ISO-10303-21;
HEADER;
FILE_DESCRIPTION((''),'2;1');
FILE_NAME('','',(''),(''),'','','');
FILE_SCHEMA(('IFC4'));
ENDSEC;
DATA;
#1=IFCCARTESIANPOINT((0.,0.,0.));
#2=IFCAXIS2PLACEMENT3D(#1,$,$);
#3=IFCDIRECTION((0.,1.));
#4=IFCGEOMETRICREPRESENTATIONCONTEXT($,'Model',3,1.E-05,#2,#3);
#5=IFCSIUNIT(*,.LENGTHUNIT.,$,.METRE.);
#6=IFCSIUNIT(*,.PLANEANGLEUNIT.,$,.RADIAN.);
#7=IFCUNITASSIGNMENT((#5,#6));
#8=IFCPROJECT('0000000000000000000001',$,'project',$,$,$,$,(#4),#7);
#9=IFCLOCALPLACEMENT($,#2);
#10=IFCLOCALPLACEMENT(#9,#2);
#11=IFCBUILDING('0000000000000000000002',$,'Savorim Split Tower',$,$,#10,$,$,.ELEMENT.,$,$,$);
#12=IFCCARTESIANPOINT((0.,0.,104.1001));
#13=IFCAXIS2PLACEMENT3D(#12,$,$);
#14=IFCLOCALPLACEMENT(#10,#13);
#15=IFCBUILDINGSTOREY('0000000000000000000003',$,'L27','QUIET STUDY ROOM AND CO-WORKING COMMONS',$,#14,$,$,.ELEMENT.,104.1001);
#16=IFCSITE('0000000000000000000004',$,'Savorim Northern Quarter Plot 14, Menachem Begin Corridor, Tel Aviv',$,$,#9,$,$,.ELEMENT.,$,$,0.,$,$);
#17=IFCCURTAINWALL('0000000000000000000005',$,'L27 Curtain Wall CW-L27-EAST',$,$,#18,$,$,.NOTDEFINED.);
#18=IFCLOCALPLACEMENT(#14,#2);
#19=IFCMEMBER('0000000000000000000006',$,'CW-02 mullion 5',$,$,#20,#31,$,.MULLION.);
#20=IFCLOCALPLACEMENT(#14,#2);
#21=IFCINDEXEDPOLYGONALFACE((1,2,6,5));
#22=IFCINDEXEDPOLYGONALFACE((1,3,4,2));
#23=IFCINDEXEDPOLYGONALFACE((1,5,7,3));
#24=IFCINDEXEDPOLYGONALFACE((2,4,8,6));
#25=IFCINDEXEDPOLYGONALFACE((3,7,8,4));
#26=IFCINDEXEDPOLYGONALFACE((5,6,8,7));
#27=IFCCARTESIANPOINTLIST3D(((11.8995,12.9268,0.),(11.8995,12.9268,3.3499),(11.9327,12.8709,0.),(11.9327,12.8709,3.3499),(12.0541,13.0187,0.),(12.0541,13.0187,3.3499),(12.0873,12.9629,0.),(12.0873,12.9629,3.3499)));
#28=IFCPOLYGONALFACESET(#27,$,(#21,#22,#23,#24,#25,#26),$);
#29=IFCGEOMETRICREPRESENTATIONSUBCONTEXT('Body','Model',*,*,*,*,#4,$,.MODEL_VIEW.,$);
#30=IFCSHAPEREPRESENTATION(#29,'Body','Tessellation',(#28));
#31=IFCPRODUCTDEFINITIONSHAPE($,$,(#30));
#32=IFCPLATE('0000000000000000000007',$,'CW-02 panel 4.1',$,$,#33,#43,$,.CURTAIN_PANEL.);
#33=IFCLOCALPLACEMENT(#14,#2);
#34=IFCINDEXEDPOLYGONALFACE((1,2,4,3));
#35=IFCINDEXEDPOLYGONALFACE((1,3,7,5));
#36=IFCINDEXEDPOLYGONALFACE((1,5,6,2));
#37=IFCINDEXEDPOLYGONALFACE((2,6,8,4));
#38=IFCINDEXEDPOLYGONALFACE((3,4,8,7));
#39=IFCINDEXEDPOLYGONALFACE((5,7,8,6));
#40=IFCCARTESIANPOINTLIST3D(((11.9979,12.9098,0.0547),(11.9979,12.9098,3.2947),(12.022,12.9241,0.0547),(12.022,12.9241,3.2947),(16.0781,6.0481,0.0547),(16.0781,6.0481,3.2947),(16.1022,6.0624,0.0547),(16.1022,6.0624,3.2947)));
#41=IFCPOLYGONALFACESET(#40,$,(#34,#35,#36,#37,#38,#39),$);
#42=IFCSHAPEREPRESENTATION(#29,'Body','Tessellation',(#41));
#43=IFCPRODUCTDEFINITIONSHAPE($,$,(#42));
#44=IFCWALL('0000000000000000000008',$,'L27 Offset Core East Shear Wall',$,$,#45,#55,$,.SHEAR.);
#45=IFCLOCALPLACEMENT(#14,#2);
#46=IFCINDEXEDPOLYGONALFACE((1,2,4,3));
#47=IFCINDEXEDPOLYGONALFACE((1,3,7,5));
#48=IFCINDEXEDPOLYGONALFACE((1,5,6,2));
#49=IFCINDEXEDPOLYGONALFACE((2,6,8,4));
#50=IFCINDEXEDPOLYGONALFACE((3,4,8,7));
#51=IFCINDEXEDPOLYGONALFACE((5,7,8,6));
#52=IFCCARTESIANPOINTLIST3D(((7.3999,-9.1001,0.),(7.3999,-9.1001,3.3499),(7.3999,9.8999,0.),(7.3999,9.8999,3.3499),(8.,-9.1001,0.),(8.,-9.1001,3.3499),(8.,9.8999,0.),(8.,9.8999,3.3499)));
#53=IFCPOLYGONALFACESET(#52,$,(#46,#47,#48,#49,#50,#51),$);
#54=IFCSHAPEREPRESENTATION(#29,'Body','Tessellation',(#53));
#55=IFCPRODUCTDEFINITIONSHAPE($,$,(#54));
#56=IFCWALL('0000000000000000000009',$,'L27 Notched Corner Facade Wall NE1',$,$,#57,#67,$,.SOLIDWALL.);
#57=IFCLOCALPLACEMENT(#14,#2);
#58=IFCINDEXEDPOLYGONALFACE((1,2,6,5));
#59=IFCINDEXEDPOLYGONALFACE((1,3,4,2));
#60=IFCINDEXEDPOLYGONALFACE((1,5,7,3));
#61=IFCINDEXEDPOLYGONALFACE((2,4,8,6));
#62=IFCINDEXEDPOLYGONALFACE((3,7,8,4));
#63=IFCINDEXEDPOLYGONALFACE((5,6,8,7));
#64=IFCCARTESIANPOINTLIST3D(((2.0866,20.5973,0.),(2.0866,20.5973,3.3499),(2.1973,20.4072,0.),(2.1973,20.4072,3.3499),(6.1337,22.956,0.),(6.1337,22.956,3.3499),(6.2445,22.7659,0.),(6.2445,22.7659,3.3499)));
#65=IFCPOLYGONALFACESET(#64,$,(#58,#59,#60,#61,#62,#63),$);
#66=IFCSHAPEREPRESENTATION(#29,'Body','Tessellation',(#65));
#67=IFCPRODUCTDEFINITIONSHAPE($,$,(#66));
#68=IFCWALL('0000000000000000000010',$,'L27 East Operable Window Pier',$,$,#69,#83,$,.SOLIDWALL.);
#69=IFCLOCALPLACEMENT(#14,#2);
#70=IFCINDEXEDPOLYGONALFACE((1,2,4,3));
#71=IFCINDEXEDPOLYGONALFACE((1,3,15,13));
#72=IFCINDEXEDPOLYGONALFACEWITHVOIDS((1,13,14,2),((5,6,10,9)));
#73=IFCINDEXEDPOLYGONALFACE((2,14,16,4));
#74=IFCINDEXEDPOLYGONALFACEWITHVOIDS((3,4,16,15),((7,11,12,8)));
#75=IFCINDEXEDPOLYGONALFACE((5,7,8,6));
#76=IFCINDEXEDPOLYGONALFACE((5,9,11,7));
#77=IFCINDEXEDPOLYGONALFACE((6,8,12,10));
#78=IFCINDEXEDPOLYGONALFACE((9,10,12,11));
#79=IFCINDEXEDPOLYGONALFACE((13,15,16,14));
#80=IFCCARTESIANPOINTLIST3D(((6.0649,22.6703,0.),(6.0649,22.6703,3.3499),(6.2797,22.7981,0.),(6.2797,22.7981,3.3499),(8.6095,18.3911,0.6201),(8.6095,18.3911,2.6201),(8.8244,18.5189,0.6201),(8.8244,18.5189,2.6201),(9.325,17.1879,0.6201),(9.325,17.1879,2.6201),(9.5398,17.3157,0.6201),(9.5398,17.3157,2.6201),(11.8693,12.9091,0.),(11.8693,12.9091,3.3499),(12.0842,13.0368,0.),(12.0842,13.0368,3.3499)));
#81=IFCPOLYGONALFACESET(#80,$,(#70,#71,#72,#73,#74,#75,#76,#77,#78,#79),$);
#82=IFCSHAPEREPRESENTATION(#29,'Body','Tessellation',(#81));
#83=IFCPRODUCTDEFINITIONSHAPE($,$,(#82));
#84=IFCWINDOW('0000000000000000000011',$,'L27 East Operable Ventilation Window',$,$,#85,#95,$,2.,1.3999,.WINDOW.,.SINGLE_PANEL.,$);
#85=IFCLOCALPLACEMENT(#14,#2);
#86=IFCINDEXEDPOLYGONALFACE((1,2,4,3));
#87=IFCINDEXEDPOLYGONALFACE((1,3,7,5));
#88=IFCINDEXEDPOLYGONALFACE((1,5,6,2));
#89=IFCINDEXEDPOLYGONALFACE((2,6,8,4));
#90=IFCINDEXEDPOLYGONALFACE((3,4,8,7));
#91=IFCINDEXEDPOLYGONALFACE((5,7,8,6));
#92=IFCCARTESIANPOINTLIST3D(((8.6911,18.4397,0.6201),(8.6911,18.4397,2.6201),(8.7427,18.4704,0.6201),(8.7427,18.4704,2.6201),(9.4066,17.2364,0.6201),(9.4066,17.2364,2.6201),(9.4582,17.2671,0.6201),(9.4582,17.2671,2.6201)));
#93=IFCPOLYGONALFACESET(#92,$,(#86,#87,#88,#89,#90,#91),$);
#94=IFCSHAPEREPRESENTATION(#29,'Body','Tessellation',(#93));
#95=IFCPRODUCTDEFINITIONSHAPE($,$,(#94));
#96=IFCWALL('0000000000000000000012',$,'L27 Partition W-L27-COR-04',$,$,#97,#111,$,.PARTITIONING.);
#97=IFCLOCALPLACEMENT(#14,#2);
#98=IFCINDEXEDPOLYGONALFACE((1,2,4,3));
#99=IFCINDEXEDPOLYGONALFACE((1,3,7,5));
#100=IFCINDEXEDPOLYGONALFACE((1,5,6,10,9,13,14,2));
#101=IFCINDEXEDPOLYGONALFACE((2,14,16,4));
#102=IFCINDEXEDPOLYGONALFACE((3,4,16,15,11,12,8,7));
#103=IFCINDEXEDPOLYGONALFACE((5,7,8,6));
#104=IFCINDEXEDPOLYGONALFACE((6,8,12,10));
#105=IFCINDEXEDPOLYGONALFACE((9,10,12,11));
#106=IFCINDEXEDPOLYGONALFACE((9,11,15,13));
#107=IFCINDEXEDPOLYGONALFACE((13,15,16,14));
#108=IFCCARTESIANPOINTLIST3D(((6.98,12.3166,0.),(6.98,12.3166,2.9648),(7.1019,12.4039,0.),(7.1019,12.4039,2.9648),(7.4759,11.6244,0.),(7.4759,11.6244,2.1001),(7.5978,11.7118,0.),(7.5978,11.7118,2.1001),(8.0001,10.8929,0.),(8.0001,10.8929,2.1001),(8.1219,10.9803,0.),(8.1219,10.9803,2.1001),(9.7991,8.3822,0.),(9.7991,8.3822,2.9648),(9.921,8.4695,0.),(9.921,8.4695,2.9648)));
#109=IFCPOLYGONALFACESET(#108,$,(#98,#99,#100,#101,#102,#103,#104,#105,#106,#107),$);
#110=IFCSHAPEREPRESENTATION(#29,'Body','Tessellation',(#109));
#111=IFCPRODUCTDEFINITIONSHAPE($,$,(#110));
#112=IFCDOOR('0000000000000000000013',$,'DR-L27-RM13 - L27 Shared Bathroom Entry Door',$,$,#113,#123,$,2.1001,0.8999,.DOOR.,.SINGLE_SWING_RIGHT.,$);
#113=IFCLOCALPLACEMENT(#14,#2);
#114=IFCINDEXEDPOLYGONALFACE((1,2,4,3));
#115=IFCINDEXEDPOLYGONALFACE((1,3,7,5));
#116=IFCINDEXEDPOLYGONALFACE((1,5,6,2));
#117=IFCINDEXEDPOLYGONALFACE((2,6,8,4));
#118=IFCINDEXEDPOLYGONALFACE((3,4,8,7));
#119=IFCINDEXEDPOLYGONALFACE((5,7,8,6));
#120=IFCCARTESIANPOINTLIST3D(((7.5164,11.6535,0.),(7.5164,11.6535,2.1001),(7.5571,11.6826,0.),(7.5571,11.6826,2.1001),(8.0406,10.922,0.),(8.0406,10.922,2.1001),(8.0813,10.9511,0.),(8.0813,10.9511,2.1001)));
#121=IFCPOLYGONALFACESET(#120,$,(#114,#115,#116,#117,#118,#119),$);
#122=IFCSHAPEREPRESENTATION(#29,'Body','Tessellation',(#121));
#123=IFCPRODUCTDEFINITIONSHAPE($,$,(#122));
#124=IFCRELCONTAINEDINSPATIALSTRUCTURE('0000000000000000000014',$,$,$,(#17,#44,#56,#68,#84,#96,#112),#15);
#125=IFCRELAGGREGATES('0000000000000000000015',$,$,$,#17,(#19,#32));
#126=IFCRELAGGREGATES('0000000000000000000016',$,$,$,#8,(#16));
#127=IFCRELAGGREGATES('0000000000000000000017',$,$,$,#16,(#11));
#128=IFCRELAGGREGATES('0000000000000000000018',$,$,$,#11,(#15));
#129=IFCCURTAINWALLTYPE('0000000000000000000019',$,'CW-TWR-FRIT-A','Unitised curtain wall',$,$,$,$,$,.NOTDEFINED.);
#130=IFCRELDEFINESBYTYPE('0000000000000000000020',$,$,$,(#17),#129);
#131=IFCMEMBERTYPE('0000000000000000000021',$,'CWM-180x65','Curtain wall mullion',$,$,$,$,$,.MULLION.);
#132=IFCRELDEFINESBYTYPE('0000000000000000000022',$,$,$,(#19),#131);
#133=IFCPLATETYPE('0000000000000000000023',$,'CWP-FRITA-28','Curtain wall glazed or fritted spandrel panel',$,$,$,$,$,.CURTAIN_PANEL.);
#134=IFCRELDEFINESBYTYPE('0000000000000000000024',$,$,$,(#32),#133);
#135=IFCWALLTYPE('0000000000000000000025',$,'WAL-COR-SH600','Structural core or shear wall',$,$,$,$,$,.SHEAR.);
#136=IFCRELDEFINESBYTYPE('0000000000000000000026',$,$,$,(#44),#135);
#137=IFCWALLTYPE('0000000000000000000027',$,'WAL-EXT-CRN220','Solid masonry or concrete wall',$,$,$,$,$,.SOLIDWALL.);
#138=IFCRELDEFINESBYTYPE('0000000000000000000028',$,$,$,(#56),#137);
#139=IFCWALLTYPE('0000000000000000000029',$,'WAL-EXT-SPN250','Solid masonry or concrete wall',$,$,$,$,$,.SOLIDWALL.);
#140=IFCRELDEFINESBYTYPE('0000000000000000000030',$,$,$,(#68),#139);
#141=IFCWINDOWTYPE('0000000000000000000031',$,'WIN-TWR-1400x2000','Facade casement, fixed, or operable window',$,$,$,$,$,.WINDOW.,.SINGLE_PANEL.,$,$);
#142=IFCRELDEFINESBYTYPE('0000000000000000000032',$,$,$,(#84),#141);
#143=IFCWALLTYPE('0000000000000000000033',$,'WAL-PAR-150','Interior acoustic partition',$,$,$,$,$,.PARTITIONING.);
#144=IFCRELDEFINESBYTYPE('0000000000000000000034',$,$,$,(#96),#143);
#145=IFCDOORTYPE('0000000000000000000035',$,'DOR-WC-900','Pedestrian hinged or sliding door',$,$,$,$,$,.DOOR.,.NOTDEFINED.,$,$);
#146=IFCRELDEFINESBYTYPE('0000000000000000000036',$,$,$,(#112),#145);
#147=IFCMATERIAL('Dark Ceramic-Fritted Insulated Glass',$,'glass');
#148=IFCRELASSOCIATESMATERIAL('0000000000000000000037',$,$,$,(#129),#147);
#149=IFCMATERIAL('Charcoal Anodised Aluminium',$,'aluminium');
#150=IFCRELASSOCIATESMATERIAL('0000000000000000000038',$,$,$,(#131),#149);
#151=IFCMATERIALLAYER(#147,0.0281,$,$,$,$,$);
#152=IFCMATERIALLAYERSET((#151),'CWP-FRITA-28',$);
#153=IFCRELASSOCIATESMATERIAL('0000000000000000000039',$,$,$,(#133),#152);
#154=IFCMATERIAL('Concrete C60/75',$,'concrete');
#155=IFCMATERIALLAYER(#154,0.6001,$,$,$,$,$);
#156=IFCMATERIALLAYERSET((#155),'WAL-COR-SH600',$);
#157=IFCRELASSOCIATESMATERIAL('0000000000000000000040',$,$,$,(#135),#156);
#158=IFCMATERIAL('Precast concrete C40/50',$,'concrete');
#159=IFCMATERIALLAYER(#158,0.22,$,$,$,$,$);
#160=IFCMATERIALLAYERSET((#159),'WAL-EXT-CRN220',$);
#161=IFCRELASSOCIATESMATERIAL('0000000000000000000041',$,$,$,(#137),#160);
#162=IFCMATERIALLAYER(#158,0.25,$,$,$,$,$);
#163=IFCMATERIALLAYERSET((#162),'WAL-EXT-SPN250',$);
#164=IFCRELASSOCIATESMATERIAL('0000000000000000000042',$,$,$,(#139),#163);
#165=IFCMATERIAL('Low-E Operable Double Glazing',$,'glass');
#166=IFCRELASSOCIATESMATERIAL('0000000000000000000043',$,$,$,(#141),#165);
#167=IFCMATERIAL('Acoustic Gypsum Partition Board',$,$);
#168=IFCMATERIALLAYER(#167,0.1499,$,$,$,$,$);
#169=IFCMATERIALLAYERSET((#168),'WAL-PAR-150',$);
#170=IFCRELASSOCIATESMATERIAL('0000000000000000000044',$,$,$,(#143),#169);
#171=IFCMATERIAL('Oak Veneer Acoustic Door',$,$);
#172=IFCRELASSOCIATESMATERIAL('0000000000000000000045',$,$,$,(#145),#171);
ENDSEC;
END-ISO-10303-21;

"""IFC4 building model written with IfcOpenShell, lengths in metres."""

from ifc_helpers import new_model, si_unit, direction, frame, frame_2d, origin, origin_2d, place, context, subcontext, project, spatial, rectangle, extrude, material, layer, layer_set, material_profile, profile_set, type_object, element, fill, aggregate, save


model = new_model("IFC4")

# Units and contexts
model_context = context("Model", 3, precision=1e-05, world=origin(), true_north=direction((0.0, 1.0)))
body_context = subcontext(model_context, "Body", "Model", "MODEL_VIEW")
ifc_project = project(units=[si_unit("LENGTHUNIT", "METRE"), si_unit("PLANEANGLEUNIT", "RADIAN")], contexts=[model_context])

# Site, building, storey
site_placement = place(None, origin())
site = spatial("IfcSite", under=ifc_project, at=site_placement, Name="Savorim Northern Quarter Plot 14, Menachem Begin Corridor, Tel Aviv", CompositionType="ELEMENT", RefElevation=0.0)
building_placement = place(site_placement, origin())
building = spatial("IfcBuilding", under=site, at=building_placement, Name="Savorim Split Tower", CompositionType="ELEMENT")
storey_placement = place(building_placement, frame((0.0, 0.0, 104.1001)))
storey = spatial("IfcBuildingStorey", under=building, at=storey_placement, Name="L27", Description="QUIET STUDY ROOM AND CO-WORKING COMMONS", CompositionType="ELEMENT", Elevation=104.1001)

# Curtain wall, member, plate
ifc_material_1 = material(Name="Dark Ceramic-Fritted Insulated Glass", Category="glass")
curtain_wall_type = type_object("IfcCurtainWallType", Name="CW-TWR-FRIT-A", Description="Unitised curtain wall", PredefinedType="NOTDEFINED", material=ifc_material_1)
curtain_wall_placement = place(storey_placement, origin())
curtain_wall = element("IfcCurtainWall", 1, at=curtain_wall_placement, inside=storey, type_object=curtain_wall_type, Name="L27 Curtain Wall CW-L27-EAST", PredefinedType="NOTDEFINED")
ifc_material_2 = material(Name="Charcoal Anodised Aluminium", Category="aluminium")
ifc_material_profile_1 = material_profile(ifc_material_2, rectangle(XDim=0.1799, YDim=0.0649, at=origin_2d()), Name="ALU-M 180x65")
ifc_profile_set_1 = profile_set([ifc_material_profile_1], Name="Charcoal Anodised Aluminium")
member_type = type_object("IfcMemberType", Name="CWM-180x65", Description="Curtain wall mullion", PredefinedType="MULLION", material=ifc_profile_set_1)
member_placement = place(storey_placement, frame((11.9934, 12.9448, 0.0), z_axis=(0.0, 0.0, 1.0), x_axis=(-0.859525, -0.511094, 0.0)))
member = element("IfcMember", 2, at=member_placement, type_object=member_type, Name="CW-02 mullion 5", PredefinedType="MULLION", context=body_context, shape_type="SweptSolid", body=[
    extrude(rectangle(XDim=0.1799, YDim=0.0649, at=origin_2d()), origin(), (0.0, 0.0, 1.0), 3.3499),
])
ifc_layer_1 = layer(ifc_material_1, 0.0281)
ifc_layer_set_1 = layer_set([ifc_layer_1], Name="CWP-FRITA-28")
plate_type = type_object("IfcPlateType", Name="CWP-FRITA-28", Description="Curtain wall glazed or fritted spandrel panel", PredefinedType="CURTAIN_PANEL", material=ifc_layer_set_1)
plate_placement = place(storey_placement, frame((14.05, 9.4861, 0.0547), z_axis=(0.0, 0.0, 1.0), x_axis=(-0.511094, 0.859525, 0.0)))
plate = element("IfcPlate", 3, at=plate_placement, type_object=plate_type, Name="CW-02 panel 4.1", PredefinedType="CURTAIN_PANEL", context=body_context, shape_type="SweptSolid", body=[
    extrude(rectangle(XDim=7.9832, YDim=0.0281, at=origin_2d()), origin(), (0.0, 0.0, 1.0), 3.24),
])
aggregate(curtain_wall, [member, plate])

# Shared definitions
ifc_material_3 = material(Name="Concrete C60/75", Category="concrete")
ifc_layer_2 = layer(ifc_material_3, 0.6001)
ifc_layer_set_2 = layer_set([ifc_layer_2], Name="WAL-COR-SH600")
wall_type_1 = type_object("IfcWallType", Name="WAL-COR-SH600", Description="Structural core or shear wall", PredefinedType="SHEAR", material=ifc_layer_set_2)

# Walls
wall_1_placement = place(storey_placement, frame((7.7, 9.8999, 0.0), z_axis=(0.0, 0.0, 1.0), x_axis=(0.0, -1.0, 0.0)))
element("IfcWall", 4, at=wall_1_placement, inside=storey, type_object=wall_type_1, Name="L27 Offset Core East Shear Wall", PredefinedType="SHEAR", context=body_context, shape_type="SweptSolid", body=[
    extrude(rectangle(XDim=19.0, YDim=0.6001, at=frame_2d((9.5, 0.0))), origin(), (0.0, 0.0, 1.0), 3.3499),
])
ifc_material_4 = material(Name="Precast concrete C40/50", Category="concrete")
ifc_layer_3 = layer(ifc_material_4, 0.22)
ifc_layer_set_3 = layer_set([ifc_layer_3], Name="WAL-EXT-CRN220")
wall_type_2 = type_object("IfcWallType", Name="WAL-EXT-CRN220", Description="Solid masonry or concrete wall", PredefinedType="SOLIDWALL", material=ifc_layer_set_3)
wall_2_placement = place(storey_placement, frame((2.1418, 20.5022, 0.0), z_axis=(0.0, 0.0, 1.0), x_axis=(0.863981, 0.503524, 0.0)))
element("IfcWall", 5, at=wall_2_placement, inside=storey, type_object=wall_type_2, Name="L27 Notched Corner Facade Wall NE1", PredefinedType="SOLIDWALL", context=body_context, shape_type="SweptSolid", body=[
    extrude(rectangle(XDim=4.6843, YDim=0.22, at=frame_2d((2.3423, 0.0))), origin(), (0.0, 0.0, 1.0), 3.3499),
])

# Wall, opening, window
ifc_layer_4 = layer(ifc_material_4, 0.25)
ifc_layer_set_4 = layer_set([ifc_layer_4], Name="WAL-EXT-SPN250")
wall_type_3 = type_object("IfcWallType", Name="WAL-EXT-SPN250", Description="Solid masonry or concrete wall", PredefinedType="SOLIDWALL", material=ifc_layer_set_4)
wall_3_placement = place(storey_placement, frame((6.1724, 22.7341, 0.0), z_axis=(0.0, 0.0, 1.0), x_axis=(0.511106, -0.859518, 0.0)))
wall_3 = element("IfcWall", 6, at=wall_3_placement, inside=storey, type_object=wall_type_3, Name="L27 East Operable Window Pier", PredefinedType="SOLIDWALL", context=body_context, shape_type="SweptSolid", body=[
    extrude(rectangle(XDim=11.3567, YDim=0.25, at=frame_2d((5.6782, 0.0))), origin(), (0.0, 0.0, 1.0), 3.3499),
])
opening_1_placement = place(wall_3_placement, frame((4.9785, 0.0, 0.6201)))
opening_1 = element("IfcOpeningElement", 7, at=opening_1_placement, cuts=wall_3, PredefinedType="OPENING", context=body_context, shape_type="SweptSolid", body=[
    extrude(rectangle(XDim=1.3999, YDim=2.0, at=frame_2d((0.7, 1.0))), frame((0.0, 0.135, 0.0), z_axis=(0.0, -1.0, 0.0), x_axis=(1.0, 0.0, 0.0)), (0.0, 0.0, 1.0), 0.27),
])
ifc_material_5 = material(Name="Low-E Operable Double Glazing", Category="glass")
window_type = type_object("IfcWindowType", Name="WIN-TWR-1400x2000", Description="Facade casement, fixed, or operable window", PartitioningType="SINGLE_PANEL", PredefinedType="WINDOW", material=ifc_material_5)
window_placement = place(opening_1_placement, origin())
window = element("IfcWindow", 8, at=window_placement, inside=storey, type_object=window_type, Name="L27 East Operable Ventilation Window", OverallHeight=2.0, OverallWidth=1.3999, PartitioningType="SINGLE_PANEL", PredefinedType="WINDOW", context=body_context, shape_type="SweptSolid", body=[
    extrude(rectangle(XDim=1.3999, YDim=2.0, at=frame_2d((0.7, 1.0))), frame((0.0, 0.03, 0.0), z_axis=(0.0, -1.0, 0.0), x_axis=(1.0, 0.0, 0.0)), (0.0, 0.0, 1.0), 0.0601),
])
fill(opening_1, window)

# Wall, opening, door
ifc_material_6 = material(Name="Acoustic Gypsum Partition Board")
ifc_layer_5 = layer(ifc_material_6, 0.1499)
ifc_layer_set_5 = layer_set([ifc_layer_5], Name="WAL-PAR-150")
wall_type_4 = type_object("IfcWallType", Name="WAL-PAR-150", Description="Interior acoustic partition", PredefinedType="PARTITIONING", material=ifc_layer_set_5)
wall_4_placement = place(storey_placement, frame((7.041, 12.3601, 0.0), z_axis=(0.0, 0.0, 1.0), x_axis=(0.58245, -0.812867, 0.0)))
wall_4 = element("IfcWall", 9, at=wall_4_placement, inside=storey, type_object=wall_type_4, Name="L27 Partition W-L27-COR-04", PredefinedType="PARTITIONING", context=body_context, shape_type="SweptSolid", body=[
    extrude(rectangle(XDim=4.8401, YDim=0.1499, at=frame_2d((2.4199, 0.0))), origin(), (0.0, 0.0, 1.0), 2.9648),
])
opening_2_placement = place(wall_4_placement, frame((0.8513, 0.0, 0.0)))
opening_2 = element("IfcOpeningElement", 10, at=opening_2_placement, cuts=wall_4, PredefinedType="OPENING", context=body_context, shape_type="SweptSolid", body=[
    extrude(rectangle(XDim=0.8999, YDim=2.1001, at=frame_2d((0.45, 1.05))), frame((0.0, 0.085, 0.0), z_axis=(0.0, -1.0, 0.0), x_axis=(1.0, 0.0, 0.0)), (0.0, 0.0, 1.0), 0.1699),
])
ifc_material_7 = material(Name="Oak Veneer Acoustic Door")
door_type_1 = type_object("IfcDoorType", Name="DOR-WC-900", Description="Pedestrian hinged or sliding door", OperationType="NOTDEFINED", PredefinedType="DOOR", material=ifc_material_7)
door_1_placement = place(opening_2_placement, origin())
door_1 = element("IfcDoor", 11, at=door_1_placement, inside=storey, type_object=door_type_1, Name="DR-L27-RM13 - L27 Shared Bathroom Entry Door", OperationType="SINGLE_SWING_RIGHT", OverallHeight=2.1001, OverallWidth=0.8999, PredefinedType="DOOR", context=body_context, shape_type="SweptSolid", body=[
    extrude(rectangle(XDim=0.8999, YDim=2.1001, at=frame_2d((0.45, 1.05))), frame((0.0, 0.0249, 0.0), z_axis=(0.0, -1.0, 0.0), x_axis=(1.0, 0.0, 0.0)), (0.0, 0.0, 1.0), 0.05),
])
fill(opening_2, door_1)

save(model, "model.ifc")
